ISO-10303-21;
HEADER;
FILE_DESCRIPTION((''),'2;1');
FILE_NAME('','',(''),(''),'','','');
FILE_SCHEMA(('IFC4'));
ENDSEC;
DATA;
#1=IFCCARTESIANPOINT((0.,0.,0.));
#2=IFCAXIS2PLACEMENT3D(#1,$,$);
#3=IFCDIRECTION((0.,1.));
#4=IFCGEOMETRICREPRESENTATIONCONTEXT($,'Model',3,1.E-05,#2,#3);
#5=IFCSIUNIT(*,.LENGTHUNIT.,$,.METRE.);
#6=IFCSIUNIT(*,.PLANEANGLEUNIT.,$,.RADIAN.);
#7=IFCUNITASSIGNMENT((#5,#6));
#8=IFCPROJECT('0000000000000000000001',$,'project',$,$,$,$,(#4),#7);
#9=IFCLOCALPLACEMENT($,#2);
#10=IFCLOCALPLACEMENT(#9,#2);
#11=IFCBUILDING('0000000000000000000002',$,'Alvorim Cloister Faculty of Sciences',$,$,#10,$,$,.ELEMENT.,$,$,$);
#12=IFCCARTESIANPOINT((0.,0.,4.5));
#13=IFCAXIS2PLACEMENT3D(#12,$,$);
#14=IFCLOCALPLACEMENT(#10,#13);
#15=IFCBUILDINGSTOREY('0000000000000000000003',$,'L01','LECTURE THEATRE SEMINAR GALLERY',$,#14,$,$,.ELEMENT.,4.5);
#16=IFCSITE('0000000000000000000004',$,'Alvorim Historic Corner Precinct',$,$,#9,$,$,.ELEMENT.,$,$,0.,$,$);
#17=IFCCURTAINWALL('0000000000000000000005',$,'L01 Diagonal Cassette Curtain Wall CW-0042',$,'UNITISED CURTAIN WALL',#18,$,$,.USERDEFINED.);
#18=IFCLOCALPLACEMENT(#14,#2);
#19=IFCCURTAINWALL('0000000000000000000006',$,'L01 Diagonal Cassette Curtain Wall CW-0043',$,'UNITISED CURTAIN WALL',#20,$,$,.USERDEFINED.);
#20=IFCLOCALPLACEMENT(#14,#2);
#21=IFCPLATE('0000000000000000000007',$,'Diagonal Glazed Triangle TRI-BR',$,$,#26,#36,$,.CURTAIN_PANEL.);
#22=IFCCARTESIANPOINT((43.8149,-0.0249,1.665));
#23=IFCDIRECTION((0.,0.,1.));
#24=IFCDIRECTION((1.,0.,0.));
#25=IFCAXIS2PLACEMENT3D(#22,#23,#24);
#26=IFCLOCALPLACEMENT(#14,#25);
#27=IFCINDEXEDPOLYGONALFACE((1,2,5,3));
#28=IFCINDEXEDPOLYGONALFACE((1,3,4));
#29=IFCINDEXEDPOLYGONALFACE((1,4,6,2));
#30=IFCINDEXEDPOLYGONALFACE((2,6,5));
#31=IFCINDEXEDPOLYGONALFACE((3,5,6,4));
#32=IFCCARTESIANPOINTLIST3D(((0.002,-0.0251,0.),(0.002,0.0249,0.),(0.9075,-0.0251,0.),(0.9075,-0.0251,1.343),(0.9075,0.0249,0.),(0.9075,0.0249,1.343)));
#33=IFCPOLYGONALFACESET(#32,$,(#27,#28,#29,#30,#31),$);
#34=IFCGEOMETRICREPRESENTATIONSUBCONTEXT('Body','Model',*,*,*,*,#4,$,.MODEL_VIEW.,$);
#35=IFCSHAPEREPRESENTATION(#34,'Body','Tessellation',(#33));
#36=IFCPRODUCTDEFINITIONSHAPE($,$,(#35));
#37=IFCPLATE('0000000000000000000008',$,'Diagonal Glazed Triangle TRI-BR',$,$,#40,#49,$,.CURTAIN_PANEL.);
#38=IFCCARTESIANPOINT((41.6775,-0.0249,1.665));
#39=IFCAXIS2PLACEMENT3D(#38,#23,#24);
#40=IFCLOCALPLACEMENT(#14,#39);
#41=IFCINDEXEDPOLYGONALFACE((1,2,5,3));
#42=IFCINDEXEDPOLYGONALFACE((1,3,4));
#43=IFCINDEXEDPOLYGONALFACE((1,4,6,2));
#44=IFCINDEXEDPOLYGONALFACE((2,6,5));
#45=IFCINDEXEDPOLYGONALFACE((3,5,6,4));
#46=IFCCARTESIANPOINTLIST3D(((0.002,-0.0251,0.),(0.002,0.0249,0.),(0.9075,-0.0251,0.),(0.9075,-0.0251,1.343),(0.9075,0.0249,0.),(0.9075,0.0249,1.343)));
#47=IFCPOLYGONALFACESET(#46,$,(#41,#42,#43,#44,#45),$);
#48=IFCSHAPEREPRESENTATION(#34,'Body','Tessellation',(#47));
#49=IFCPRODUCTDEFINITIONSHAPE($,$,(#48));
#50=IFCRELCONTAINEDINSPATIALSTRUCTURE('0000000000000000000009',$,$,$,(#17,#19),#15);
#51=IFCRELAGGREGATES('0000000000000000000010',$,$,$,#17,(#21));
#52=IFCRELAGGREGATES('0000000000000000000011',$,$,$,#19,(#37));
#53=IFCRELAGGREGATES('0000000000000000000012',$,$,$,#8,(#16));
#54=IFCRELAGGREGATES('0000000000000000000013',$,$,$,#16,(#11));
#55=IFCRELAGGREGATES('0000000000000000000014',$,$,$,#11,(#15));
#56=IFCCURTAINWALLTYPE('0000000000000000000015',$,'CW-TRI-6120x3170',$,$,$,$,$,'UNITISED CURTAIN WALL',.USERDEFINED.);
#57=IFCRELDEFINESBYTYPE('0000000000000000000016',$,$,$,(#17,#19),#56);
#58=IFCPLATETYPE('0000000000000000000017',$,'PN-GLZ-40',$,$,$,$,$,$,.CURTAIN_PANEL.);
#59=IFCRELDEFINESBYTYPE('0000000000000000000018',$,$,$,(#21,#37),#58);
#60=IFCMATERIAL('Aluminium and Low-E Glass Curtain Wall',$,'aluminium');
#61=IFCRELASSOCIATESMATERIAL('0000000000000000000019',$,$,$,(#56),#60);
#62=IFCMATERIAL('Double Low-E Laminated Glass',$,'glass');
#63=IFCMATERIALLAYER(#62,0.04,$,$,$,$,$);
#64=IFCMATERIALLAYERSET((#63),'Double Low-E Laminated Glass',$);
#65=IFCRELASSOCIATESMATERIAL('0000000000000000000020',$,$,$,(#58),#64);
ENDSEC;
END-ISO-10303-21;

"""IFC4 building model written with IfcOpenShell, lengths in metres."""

from ifc_helpers import new_model, si_unit, direction, frame, origin, place, context, subcontext, project, spatial, polyline, outline, extrude, material, layer, layer_set, type_object, element, aggregate, save


model = new_model("IFC4")

# Units and contexts
model_context = context("Model", 3, precision=1e-05, world=origin(), true_north=direction((0.0, 1.0)))
body_context = subcontext(model_context, "Body", "Model", "MODEL_VIEW")
ifc_project = project(units=[si_unit("LENGTHUNIT", "METRE"), si_unit("PLANEANGLEUNIT", "RADIAN")], contexts=[model_context])

# Site, building, storey
site_placement = place(None, origin())
site = spatial("IfcSite", under=ifc_project, at=site_placement, Name="Alvorim Historic Corner Precinct", CompositionType="ELEMENT", RefElevation=0.0)
building_placement = place(site_placement, origin())
building = spatial("IfcBuilding", under=site, at=building_placement, Name="Alvorim Cloister Faculty of Sciences", CompositionType="ELEMENT")
storey_placement = place(building_placement, frame((0.0, 0.0, 4.5)))
storey = spatial("IfcBuildingStorey", under=building, at=storey_placement, Name="L01", Description="LECTURE THEATRE SEMINAR GALLERY", CompositionType="ELEMENT", Elevation=4.5)

# Curtain wall
ifc_material_1 = material(Name="Aluminium and Low-E Glass Curtain Wall", Category="aluminium")
curtain_wall_type = type_object("IfcCurtainWallType", Name="CW-TRI-6120x3170", ElementType="UNITISED CURTAIN WALL", PredefinedType="USERDEFINED", material=ifc_material_1)
curtain_wall_1_placement = place(storey_placement, origin())
curtain_wall_1 = element("IfcCurtainWall", 1, at=curtain_wall_1_placement, inside=storey, type_object=curtain_wall_type, Name="L01 Diagonal Cassette Curtain Wall CW-0042", ObjectType="UNITISED CURTAIN WALL", PredefinedType="USERDEFINED")

# Curtain wall
curtain_wall_2_placement = place(storey_placement, origin())
curtain_wall_2 = element("IfcCurtainWall", 2, at=curtain_wall_2_placement, inside=storey, type_object=curtain_wall_type, Name="L01 Diagonal Cassette Curtain Wall CW-0043", ObjectType="UNITISED CURTAIN WALL", PredefinedType="USERDEFINED")

# Plates
ifc_material_2 = material(Name="Double Low-E Laminated Glass", Category="glass")
ifc_layer_1 = layer(ifc_material_2, 0.04)
ifc_layer_set_1 = layer_set([ifc_layer_1], Name="Double Low-E Laminated Glass")
plate_type = type_object("IfcPlateType", Name="PN-GLZ-40", PredefinedType="CURTAIN_PANEL", material=ifc_layer_set_1)
plate_1_placement = place(storey_placement, frame((43.8149, -0.0249, 1.665), z_axis=(0.0, 0.0, 1.0), x_axis=(1.0, 0.0, 0.0)))
plate_1 = element("IfcPlate", 3, at=plate_1_placement, type_object=plate_type, Name="Diagonal Glazed Triangle TRI-BR", PredefinedType="CURTAIN_PANEL", context=body_context, shape_type="SweptSolid", body=[
    extrude(outline(polyline([(0.002, 0.0), (0.9075, 0.0), (0.9075, 1.343), (0.002, 0.0)])), frame((0.0, 0.0249, 0.0), z_axis=(0.0, -1.0, 0.0), x_axis=(1.0, 0.0, 0.0)), (0.0, 0.0, 1.0), 0.05),
])
aggregate(curtain_wall_1, [plate_1])
plate_2_placement = place(storey_placement, frame((41.6775, -0.0249, 1.665), z_axis=(0.0, 0.0, 1.0), x_axis=(1.0, 0.0, 0.0)))
plate_2 = element("IfcPlate", 4, at=plate_2_placement, type_object=plate_type, Name="Diagonal Glazed Triangle TRI-BR", PredefinedType="CURTAIN_PANEL", context=body_context, shape_type="SweptSolid", body=[
    extrude(outline(polyline([(0.002, 0.0), (0.9075, 0.0), (0.9075, 1.343), (0.002, 0.0)])), frame((0.0, 0.0249, 0.0), z_axis=(0.0, -1.0, 0.0), x_axis=(1.0, 0.0, 0.0)), (0.0, 0.0, 1.0), 0.05),
])
aggregate(curtain_wall_2, [plate_2])

save(model, "model.ifc")
